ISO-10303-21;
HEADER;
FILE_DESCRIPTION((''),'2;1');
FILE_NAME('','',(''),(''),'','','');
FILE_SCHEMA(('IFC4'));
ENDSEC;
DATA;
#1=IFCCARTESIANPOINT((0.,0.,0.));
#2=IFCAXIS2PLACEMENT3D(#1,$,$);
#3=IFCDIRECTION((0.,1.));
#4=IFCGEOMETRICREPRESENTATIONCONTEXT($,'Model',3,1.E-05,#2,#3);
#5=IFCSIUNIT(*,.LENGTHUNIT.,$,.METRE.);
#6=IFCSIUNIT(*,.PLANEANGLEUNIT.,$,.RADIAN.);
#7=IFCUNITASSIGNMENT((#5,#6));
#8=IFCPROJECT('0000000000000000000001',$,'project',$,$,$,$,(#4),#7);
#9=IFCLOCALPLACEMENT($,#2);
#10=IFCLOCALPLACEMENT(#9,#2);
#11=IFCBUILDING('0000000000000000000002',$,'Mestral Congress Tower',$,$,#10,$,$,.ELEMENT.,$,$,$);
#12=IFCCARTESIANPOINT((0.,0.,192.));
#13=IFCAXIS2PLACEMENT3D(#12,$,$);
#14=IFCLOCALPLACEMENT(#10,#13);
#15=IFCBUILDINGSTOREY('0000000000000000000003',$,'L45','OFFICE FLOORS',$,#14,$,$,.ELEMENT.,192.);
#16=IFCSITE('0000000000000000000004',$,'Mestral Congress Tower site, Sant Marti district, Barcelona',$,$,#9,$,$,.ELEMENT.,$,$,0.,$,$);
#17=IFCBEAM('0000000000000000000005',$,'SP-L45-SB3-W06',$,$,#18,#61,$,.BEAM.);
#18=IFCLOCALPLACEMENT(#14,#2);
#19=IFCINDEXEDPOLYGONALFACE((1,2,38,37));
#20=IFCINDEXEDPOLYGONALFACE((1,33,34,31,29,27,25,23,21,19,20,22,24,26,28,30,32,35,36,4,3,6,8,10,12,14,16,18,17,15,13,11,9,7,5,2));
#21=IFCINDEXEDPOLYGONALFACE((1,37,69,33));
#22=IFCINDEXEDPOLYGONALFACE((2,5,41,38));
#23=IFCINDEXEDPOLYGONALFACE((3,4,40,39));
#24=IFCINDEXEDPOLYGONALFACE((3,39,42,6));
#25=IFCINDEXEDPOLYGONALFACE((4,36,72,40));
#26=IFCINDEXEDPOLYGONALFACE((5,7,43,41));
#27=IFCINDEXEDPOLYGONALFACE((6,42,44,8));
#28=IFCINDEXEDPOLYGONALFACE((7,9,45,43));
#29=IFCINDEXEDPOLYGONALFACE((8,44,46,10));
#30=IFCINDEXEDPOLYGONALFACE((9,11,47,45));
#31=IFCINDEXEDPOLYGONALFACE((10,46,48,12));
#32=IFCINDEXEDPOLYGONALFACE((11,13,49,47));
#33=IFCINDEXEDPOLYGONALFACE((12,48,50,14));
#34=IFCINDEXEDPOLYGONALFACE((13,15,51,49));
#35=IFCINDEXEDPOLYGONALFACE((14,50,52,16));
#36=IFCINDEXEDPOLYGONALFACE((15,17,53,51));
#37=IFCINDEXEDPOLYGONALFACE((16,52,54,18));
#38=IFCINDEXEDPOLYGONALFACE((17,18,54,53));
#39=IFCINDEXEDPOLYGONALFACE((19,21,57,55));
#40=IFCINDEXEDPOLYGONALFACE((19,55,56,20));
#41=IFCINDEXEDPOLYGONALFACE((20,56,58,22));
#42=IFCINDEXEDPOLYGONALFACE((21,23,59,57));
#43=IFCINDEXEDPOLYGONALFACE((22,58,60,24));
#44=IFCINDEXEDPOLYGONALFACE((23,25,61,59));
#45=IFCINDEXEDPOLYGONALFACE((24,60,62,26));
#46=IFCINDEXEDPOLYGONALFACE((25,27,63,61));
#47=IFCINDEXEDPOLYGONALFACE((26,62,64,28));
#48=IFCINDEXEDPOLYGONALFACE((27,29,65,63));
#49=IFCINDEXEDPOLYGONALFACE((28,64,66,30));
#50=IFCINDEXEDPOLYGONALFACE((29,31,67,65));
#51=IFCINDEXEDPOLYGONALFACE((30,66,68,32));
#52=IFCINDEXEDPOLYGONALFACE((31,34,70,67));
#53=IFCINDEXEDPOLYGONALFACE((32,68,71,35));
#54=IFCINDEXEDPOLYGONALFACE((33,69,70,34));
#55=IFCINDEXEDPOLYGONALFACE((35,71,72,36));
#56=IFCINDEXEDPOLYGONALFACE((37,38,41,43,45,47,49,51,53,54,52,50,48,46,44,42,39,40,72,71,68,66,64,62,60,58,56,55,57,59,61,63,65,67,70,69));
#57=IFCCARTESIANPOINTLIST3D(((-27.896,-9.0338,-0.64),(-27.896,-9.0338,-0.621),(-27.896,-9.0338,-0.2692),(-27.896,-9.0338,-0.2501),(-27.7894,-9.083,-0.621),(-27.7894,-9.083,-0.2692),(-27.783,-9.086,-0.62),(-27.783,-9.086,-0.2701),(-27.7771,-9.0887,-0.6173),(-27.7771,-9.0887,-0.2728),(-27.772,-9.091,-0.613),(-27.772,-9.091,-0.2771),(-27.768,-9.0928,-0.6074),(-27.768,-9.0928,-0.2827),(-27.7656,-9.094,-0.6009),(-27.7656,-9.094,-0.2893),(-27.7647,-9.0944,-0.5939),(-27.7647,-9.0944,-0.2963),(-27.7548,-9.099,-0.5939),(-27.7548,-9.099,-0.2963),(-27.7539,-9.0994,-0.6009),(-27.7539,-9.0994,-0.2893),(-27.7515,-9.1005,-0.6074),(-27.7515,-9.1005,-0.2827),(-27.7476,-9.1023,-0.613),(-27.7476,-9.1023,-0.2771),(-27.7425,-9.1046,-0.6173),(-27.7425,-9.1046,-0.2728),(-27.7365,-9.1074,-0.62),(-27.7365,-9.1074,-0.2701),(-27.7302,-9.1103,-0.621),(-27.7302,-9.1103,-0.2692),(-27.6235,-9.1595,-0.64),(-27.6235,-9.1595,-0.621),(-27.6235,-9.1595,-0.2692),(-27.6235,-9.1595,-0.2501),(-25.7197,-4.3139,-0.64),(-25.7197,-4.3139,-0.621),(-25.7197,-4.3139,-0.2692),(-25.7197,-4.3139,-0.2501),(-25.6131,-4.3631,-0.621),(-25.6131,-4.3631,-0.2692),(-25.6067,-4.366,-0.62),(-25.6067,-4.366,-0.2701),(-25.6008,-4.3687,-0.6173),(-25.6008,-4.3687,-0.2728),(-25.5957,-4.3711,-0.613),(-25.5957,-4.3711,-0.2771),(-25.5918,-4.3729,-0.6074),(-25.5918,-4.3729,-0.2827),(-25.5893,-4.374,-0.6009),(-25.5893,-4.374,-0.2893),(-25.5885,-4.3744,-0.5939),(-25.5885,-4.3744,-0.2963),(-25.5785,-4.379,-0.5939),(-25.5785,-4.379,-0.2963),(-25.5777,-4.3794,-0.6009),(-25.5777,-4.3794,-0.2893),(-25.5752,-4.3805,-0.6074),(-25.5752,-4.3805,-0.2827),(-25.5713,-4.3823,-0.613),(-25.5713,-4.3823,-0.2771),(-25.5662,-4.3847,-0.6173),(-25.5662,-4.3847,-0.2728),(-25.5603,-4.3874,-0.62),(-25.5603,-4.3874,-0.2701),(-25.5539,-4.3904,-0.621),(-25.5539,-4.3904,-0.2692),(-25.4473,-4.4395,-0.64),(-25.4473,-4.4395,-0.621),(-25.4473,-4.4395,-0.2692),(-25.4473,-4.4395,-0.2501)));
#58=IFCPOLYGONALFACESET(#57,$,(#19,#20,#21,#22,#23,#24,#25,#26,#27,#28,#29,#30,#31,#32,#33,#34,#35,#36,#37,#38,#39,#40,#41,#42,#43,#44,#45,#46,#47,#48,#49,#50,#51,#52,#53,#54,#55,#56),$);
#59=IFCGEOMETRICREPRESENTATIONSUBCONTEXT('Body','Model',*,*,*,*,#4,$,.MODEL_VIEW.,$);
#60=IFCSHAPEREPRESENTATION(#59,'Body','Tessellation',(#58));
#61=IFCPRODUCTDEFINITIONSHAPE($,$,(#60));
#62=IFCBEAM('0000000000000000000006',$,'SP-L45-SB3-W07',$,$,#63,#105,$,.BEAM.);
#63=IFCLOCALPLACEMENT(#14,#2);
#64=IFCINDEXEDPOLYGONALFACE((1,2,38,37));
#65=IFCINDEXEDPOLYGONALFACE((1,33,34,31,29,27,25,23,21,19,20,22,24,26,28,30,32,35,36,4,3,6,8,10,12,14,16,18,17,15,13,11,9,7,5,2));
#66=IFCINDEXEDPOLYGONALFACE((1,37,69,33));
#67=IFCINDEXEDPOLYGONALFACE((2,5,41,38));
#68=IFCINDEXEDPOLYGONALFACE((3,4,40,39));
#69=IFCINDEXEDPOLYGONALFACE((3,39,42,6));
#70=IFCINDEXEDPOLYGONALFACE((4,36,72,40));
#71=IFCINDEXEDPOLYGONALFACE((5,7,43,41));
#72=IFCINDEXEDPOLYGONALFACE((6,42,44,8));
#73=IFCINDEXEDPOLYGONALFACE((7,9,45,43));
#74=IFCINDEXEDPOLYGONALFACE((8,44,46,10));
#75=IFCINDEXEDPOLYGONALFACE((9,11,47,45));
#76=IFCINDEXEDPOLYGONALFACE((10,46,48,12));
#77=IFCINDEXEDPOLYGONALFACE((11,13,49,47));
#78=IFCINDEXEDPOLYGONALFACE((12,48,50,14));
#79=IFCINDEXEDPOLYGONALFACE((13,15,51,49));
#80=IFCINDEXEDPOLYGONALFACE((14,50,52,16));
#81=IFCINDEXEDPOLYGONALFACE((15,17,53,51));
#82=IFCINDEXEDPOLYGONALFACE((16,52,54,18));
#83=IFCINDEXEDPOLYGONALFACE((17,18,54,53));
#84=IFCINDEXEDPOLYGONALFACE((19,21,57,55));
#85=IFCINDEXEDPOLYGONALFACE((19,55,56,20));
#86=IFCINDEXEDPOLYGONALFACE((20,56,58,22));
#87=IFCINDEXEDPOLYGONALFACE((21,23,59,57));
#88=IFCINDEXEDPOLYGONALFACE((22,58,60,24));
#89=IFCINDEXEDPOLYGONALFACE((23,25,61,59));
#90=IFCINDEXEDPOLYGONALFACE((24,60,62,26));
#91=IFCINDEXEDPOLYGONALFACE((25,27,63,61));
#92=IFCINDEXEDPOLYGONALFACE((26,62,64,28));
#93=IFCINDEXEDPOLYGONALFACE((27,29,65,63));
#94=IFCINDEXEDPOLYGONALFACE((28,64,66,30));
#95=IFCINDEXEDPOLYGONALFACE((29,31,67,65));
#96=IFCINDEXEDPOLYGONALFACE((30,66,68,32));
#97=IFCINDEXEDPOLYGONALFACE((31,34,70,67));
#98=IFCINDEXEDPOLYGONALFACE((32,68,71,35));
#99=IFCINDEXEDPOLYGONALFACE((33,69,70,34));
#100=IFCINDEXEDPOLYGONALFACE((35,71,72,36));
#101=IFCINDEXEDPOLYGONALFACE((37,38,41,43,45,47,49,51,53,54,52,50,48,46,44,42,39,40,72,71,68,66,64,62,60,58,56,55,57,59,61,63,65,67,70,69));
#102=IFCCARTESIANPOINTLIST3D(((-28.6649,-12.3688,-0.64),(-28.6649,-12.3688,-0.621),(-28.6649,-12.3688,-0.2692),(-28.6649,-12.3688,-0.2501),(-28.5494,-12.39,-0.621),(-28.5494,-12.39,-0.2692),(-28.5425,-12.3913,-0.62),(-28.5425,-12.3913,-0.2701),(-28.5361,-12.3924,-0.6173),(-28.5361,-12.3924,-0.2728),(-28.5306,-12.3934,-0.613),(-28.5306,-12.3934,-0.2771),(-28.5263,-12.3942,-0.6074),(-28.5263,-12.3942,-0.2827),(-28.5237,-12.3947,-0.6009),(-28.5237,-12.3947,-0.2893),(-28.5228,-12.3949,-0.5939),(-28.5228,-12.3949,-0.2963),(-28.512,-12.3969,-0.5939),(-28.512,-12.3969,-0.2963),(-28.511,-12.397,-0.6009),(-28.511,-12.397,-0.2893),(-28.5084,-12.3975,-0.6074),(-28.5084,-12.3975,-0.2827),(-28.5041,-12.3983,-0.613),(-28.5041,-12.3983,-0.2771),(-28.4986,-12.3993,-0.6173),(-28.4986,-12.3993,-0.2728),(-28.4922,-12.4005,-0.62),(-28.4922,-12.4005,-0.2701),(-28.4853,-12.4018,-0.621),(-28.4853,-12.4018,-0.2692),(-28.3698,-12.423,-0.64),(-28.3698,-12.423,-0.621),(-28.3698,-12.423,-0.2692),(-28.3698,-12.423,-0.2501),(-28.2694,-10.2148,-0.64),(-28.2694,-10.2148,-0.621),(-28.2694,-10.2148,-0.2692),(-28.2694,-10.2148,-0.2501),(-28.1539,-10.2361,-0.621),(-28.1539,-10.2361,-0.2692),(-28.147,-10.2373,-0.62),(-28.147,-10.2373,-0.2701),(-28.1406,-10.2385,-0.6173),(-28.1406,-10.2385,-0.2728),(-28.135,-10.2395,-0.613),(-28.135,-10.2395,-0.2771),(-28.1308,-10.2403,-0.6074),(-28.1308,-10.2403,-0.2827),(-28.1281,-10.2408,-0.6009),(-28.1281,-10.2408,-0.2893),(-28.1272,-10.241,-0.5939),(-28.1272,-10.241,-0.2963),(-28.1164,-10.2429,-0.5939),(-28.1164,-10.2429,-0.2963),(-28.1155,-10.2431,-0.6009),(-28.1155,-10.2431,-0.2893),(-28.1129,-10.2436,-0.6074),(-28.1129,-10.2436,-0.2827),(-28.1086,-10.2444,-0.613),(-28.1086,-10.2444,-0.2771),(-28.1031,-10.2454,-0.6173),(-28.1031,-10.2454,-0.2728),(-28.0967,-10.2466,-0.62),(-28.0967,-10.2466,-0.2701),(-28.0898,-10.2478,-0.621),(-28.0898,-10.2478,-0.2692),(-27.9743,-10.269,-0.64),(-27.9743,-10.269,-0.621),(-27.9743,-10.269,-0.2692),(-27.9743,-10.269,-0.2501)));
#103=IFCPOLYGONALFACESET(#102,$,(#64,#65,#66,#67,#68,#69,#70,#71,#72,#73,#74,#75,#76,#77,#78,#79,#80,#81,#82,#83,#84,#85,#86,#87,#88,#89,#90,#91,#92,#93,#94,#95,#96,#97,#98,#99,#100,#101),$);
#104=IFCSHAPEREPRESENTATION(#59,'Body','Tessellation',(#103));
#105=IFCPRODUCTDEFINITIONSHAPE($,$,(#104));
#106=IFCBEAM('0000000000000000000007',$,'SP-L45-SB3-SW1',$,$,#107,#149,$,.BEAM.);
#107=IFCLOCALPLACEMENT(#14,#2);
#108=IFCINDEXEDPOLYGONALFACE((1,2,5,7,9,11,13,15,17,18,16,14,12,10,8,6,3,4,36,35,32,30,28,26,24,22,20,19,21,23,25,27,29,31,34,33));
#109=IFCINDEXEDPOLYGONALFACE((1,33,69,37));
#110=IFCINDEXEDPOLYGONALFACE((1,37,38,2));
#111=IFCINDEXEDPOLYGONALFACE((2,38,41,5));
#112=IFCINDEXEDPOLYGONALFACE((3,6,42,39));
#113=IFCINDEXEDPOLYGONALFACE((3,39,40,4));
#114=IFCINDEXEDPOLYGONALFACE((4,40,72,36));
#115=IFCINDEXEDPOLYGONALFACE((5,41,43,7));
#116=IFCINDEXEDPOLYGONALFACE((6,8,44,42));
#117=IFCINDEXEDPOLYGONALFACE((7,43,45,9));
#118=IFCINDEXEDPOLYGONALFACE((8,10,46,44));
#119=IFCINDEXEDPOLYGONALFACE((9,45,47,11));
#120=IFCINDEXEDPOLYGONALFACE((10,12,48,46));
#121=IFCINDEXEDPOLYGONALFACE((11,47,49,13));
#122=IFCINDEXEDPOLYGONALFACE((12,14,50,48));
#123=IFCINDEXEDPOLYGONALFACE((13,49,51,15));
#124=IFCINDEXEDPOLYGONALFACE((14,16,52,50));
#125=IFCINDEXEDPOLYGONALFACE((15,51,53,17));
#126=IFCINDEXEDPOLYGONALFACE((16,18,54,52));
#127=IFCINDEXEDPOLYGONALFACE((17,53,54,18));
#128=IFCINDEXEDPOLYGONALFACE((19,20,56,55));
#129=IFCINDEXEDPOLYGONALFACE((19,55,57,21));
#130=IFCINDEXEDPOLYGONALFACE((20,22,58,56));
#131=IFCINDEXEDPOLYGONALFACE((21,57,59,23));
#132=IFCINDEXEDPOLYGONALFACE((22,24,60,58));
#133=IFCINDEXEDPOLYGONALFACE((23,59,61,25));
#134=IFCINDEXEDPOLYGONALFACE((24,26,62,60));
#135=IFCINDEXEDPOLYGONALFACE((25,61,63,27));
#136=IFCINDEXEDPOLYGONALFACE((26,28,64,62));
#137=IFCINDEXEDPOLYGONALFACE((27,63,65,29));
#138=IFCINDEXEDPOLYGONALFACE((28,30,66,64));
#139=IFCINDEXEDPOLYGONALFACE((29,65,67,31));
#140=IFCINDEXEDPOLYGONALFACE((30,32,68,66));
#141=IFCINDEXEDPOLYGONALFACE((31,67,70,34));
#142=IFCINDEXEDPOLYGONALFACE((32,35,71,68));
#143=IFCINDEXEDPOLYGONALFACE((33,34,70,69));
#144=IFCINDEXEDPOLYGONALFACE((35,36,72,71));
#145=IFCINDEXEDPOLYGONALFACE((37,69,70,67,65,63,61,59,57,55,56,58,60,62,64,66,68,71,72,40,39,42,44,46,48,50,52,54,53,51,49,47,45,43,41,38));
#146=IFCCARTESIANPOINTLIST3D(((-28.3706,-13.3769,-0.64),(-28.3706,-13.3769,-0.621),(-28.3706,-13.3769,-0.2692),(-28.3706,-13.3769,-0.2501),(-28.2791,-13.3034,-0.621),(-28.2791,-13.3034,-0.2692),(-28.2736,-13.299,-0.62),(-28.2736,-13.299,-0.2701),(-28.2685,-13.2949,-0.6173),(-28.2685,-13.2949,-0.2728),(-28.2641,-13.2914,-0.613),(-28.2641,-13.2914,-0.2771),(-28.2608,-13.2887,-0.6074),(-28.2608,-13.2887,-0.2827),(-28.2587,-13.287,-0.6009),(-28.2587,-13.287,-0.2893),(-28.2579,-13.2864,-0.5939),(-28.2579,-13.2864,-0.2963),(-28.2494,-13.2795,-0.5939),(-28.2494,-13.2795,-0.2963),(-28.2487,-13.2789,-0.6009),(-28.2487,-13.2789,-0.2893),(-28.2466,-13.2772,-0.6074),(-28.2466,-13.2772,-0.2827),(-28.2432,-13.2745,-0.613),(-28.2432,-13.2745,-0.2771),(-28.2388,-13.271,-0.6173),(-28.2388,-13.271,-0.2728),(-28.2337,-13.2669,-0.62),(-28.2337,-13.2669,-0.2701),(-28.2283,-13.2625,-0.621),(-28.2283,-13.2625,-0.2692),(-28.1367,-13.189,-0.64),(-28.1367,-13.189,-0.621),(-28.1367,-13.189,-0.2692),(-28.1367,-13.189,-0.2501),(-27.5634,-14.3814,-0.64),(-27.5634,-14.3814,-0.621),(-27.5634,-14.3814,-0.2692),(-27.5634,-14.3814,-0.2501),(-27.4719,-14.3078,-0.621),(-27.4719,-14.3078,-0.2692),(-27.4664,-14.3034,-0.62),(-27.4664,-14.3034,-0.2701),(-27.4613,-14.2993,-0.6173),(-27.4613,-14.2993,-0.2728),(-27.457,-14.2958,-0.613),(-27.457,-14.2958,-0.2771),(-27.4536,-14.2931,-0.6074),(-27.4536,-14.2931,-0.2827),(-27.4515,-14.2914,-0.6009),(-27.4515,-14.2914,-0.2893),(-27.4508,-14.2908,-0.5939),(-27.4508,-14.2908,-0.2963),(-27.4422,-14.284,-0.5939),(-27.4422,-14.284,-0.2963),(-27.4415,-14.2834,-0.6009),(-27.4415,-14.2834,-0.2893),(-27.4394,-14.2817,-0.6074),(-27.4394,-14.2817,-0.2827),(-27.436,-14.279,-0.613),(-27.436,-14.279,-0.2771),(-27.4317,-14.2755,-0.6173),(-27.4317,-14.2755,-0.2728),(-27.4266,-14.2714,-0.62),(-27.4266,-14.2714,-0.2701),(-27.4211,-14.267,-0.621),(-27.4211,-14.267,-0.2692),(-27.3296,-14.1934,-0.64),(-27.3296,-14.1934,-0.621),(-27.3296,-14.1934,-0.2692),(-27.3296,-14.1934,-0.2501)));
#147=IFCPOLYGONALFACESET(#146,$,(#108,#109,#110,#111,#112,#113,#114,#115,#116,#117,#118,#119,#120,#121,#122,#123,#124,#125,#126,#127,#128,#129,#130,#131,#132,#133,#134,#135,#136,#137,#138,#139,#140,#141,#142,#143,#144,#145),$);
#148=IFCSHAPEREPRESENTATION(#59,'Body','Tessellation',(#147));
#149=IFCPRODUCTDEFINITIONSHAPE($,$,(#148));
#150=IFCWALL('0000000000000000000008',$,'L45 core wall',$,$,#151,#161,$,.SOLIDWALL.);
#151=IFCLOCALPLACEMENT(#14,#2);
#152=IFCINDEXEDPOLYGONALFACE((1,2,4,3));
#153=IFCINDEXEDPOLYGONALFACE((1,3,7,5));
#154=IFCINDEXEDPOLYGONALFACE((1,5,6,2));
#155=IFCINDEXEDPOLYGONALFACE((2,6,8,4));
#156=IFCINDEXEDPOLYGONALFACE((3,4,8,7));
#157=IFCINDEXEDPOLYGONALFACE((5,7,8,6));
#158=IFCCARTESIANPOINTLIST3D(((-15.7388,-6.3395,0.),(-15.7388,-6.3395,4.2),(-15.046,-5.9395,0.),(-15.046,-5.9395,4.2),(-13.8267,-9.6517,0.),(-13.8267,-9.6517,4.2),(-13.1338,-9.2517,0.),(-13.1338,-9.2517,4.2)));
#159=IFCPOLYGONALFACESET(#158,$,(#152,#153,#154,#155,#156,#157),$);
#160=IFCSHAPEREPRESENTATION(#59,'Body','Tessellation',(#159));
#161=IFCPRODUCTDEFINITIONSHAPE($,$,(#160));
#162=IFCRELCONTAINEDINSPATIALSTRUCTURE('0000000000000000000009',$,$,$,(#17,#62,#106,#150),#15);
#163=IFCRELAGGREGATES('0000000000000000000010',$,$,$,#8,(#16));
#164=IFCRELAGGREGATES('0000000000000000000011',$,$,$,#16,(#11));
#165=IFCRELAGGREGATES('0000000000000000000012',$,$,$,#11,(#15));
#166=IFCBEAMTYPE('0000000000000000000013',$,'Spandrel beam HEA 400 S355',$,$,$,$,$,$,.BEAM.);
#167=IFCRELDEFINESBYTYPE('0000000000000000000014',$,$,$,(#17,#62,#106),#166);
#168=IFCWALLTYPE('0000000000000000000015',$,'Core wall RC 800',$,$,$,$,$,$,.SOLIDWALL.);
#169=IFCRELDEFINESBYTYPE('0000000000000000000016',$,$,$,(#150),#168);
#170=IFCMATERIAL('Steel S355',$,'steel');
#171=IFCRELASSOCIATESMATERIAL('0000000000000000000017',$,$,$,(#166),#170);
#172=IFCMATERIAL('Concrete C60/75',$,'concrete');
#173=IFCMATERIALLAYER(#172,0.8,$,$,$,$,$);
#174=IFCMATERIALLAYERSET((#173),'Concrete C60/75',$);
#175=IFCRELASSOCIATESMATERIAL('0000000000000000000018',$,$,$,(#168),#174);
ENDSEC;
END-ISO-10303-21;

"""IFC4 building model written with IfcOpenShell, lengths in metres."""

from ifc_helpers import new_model, si_unit, direction, frame, frame_2d, origin, origin_2d, place, context, subcontext, project, spatial, rectangle, i_section, extrude, material, layer, layer_set, material_profile, profile_set, type_object, element, save


model = new_model("IFC4")

# Units and contexts
model_context = context("Model", 3, precision=1e-05, world=origin(), true_north=direction((0.0, 1.0)))
body_context = subcontext(model_context, "Body", "Model", "MODEL_VIEW")
ifc_project = project(units=[si_unit("LENGTHUNIT", "METRE"), si_unit("PLANEANGLEUNIT", "RADIAN")], contexts=[model_context])

# Site, building, storey
site_placement = place(None, origin())
site = spatial("IfcSite", under=ifc_project, at=site_placement, Name="Mestral Congress Tower site, Sant Marti district, Barcelona", CompositionType="ELEMENT", RefElevation=0.0)
building_placement = place(site_placement, origin())
building = spatial("IfcBuilding", under=site, at=building_placement, Name="Mestral Congress Tower", CompositionType="ELEMENT")
storey_placement = place(building_placement, frame((0.0, 0.0, 192.0)))
storey = spatial("IfcBuildingStorey", under=building, at=storey_placement, Name="L45", Description="OFFICE FLOORS", CompositionType="ELEMENT", Elevation=192.0)

# Shared definitions
ifc_material_1 = material(Name="Concrete C60/75", Category="concrete")

# Beams
ifc_material_2 = material(Name="Steel S355", Category="steel")
ifc_material_profile_1 = material_profile(ifc_material_2, i_section(OverallWidth=0.3, OverallDepth=0.3899, WebThickness=0.011, FlangeThickness=0.019, FilletRadius=0.0271, at=origin_2d()), Name="HEA 400")
ifc_profile_set_1 = profile_set([ifc_material_profile_1], Name="Steel S355")
beam_type_1 = type_object("IfcBeamType", Name="Spandrel beam HEA 400 S355", PredefinedType="BEAM", material=ifc_profile_set_1)
beam_1_placement = place(storey_placement, frame((-25.5835, -4.3767, -0.4451), z_axis=(-0.418713, -0.908119, 0.0), x_axis=(0.908119, -0.418713, 0.0)))
element("IfcBeam", 1, at=beam_1_placement, inside=storey, type_object=beam_type_1, Name="SP-L45-SB3-W06", PredefinedType="BEAM", context=body_context, shape_type="SweptSolid", body=[
    extrude(i_section(OverallWidth=0.3, OverallDepth=0.3899, WebThickness=0.011, FlangeThickness=0.019, FilletRadius=0.0271, at=origin_2d()), origin(), (0.0, 0.0, 1.0), 5.1975),
])
beam_2_placement = place(storey_placement, frame((-28.1218, -10.2419, -0.4451), z_axis=(-0.180612, -0.983554, 0.0), x_axis=(0.983554, -0.180612, 0.0)))
element("IfcBeam", 2, at=beam_2_placement, inside=storey, type_object=beam_type_1, Name="SP-L45-SB3-W07", PredefinedType="BEAM", context=body_context, shape_type="SweptSolid", body=[
    extrude(i_section(OverallWidth=0.3, OverallDepth=0.3899, WebThickness=0.011, FlangeThickness=0.019, FilletRadius=0.0271, at=origin_2d()), origin(), (0.0, 0.0, 1.0), 2.1899),
])
beam_3_placement = place(storey_placement, frame((-28.2537, -13.283, -0.4451), z_axis=(0.626403, -0.779499, 0.0), x_axis=(0.779499, 0.626403, 0.0)))
element("IfcBeam", 3, at=beam_3_placement, inside=storey, type_object=beam_type_1, Name="SP-L45-SB3-SW1", PredefinedType="BEAM", context=body_context, shape_type="SweptSolid", body=[
    extrude(i_section(OverallWidth=0.3, OverallDepth=0.3899, WebThickness=0.011, FlangeThickness=0.019, FilletRadius=0.0271, at=origin_2d()), origin(), (0.0, 0.0, 1.0), 1.2886),
])

# Wall
ifc_layer_1 = layer(ifc_material_1, 0.8)
ifc_layer_set_1 = layer_set([ifc_layer_1], Name="Concrete C60/75")
wall_type_1 = type_object("IfcWallType", Name="Core wall RC 800", PredefinedType="SOLIDWALL", material=ifc_layer_set_1)
wall_1_placement = place(storey_placement, frame((-15.3923, -6.1396, 0.0), z_axis=(0.0, 0.0, 1.0), x_axis=(0.499984, -0.866035, 0.0)))
element("IfcWall", 4, at=wall_1_placement, inside=storey, type_object=wall_type_1, Name="L45 core wall", PredefinedType="SOLIDWALL", context=body_context, shape_type="SweptSolid", body=[
    extrude(rectangle(XDim=3.8245, YDim=0.8, at=frame_2d((1.9121, 0.0))), origin(), (0.0, 0.0, 1.0), 4.2),
])

save(model, "model.ifc")
